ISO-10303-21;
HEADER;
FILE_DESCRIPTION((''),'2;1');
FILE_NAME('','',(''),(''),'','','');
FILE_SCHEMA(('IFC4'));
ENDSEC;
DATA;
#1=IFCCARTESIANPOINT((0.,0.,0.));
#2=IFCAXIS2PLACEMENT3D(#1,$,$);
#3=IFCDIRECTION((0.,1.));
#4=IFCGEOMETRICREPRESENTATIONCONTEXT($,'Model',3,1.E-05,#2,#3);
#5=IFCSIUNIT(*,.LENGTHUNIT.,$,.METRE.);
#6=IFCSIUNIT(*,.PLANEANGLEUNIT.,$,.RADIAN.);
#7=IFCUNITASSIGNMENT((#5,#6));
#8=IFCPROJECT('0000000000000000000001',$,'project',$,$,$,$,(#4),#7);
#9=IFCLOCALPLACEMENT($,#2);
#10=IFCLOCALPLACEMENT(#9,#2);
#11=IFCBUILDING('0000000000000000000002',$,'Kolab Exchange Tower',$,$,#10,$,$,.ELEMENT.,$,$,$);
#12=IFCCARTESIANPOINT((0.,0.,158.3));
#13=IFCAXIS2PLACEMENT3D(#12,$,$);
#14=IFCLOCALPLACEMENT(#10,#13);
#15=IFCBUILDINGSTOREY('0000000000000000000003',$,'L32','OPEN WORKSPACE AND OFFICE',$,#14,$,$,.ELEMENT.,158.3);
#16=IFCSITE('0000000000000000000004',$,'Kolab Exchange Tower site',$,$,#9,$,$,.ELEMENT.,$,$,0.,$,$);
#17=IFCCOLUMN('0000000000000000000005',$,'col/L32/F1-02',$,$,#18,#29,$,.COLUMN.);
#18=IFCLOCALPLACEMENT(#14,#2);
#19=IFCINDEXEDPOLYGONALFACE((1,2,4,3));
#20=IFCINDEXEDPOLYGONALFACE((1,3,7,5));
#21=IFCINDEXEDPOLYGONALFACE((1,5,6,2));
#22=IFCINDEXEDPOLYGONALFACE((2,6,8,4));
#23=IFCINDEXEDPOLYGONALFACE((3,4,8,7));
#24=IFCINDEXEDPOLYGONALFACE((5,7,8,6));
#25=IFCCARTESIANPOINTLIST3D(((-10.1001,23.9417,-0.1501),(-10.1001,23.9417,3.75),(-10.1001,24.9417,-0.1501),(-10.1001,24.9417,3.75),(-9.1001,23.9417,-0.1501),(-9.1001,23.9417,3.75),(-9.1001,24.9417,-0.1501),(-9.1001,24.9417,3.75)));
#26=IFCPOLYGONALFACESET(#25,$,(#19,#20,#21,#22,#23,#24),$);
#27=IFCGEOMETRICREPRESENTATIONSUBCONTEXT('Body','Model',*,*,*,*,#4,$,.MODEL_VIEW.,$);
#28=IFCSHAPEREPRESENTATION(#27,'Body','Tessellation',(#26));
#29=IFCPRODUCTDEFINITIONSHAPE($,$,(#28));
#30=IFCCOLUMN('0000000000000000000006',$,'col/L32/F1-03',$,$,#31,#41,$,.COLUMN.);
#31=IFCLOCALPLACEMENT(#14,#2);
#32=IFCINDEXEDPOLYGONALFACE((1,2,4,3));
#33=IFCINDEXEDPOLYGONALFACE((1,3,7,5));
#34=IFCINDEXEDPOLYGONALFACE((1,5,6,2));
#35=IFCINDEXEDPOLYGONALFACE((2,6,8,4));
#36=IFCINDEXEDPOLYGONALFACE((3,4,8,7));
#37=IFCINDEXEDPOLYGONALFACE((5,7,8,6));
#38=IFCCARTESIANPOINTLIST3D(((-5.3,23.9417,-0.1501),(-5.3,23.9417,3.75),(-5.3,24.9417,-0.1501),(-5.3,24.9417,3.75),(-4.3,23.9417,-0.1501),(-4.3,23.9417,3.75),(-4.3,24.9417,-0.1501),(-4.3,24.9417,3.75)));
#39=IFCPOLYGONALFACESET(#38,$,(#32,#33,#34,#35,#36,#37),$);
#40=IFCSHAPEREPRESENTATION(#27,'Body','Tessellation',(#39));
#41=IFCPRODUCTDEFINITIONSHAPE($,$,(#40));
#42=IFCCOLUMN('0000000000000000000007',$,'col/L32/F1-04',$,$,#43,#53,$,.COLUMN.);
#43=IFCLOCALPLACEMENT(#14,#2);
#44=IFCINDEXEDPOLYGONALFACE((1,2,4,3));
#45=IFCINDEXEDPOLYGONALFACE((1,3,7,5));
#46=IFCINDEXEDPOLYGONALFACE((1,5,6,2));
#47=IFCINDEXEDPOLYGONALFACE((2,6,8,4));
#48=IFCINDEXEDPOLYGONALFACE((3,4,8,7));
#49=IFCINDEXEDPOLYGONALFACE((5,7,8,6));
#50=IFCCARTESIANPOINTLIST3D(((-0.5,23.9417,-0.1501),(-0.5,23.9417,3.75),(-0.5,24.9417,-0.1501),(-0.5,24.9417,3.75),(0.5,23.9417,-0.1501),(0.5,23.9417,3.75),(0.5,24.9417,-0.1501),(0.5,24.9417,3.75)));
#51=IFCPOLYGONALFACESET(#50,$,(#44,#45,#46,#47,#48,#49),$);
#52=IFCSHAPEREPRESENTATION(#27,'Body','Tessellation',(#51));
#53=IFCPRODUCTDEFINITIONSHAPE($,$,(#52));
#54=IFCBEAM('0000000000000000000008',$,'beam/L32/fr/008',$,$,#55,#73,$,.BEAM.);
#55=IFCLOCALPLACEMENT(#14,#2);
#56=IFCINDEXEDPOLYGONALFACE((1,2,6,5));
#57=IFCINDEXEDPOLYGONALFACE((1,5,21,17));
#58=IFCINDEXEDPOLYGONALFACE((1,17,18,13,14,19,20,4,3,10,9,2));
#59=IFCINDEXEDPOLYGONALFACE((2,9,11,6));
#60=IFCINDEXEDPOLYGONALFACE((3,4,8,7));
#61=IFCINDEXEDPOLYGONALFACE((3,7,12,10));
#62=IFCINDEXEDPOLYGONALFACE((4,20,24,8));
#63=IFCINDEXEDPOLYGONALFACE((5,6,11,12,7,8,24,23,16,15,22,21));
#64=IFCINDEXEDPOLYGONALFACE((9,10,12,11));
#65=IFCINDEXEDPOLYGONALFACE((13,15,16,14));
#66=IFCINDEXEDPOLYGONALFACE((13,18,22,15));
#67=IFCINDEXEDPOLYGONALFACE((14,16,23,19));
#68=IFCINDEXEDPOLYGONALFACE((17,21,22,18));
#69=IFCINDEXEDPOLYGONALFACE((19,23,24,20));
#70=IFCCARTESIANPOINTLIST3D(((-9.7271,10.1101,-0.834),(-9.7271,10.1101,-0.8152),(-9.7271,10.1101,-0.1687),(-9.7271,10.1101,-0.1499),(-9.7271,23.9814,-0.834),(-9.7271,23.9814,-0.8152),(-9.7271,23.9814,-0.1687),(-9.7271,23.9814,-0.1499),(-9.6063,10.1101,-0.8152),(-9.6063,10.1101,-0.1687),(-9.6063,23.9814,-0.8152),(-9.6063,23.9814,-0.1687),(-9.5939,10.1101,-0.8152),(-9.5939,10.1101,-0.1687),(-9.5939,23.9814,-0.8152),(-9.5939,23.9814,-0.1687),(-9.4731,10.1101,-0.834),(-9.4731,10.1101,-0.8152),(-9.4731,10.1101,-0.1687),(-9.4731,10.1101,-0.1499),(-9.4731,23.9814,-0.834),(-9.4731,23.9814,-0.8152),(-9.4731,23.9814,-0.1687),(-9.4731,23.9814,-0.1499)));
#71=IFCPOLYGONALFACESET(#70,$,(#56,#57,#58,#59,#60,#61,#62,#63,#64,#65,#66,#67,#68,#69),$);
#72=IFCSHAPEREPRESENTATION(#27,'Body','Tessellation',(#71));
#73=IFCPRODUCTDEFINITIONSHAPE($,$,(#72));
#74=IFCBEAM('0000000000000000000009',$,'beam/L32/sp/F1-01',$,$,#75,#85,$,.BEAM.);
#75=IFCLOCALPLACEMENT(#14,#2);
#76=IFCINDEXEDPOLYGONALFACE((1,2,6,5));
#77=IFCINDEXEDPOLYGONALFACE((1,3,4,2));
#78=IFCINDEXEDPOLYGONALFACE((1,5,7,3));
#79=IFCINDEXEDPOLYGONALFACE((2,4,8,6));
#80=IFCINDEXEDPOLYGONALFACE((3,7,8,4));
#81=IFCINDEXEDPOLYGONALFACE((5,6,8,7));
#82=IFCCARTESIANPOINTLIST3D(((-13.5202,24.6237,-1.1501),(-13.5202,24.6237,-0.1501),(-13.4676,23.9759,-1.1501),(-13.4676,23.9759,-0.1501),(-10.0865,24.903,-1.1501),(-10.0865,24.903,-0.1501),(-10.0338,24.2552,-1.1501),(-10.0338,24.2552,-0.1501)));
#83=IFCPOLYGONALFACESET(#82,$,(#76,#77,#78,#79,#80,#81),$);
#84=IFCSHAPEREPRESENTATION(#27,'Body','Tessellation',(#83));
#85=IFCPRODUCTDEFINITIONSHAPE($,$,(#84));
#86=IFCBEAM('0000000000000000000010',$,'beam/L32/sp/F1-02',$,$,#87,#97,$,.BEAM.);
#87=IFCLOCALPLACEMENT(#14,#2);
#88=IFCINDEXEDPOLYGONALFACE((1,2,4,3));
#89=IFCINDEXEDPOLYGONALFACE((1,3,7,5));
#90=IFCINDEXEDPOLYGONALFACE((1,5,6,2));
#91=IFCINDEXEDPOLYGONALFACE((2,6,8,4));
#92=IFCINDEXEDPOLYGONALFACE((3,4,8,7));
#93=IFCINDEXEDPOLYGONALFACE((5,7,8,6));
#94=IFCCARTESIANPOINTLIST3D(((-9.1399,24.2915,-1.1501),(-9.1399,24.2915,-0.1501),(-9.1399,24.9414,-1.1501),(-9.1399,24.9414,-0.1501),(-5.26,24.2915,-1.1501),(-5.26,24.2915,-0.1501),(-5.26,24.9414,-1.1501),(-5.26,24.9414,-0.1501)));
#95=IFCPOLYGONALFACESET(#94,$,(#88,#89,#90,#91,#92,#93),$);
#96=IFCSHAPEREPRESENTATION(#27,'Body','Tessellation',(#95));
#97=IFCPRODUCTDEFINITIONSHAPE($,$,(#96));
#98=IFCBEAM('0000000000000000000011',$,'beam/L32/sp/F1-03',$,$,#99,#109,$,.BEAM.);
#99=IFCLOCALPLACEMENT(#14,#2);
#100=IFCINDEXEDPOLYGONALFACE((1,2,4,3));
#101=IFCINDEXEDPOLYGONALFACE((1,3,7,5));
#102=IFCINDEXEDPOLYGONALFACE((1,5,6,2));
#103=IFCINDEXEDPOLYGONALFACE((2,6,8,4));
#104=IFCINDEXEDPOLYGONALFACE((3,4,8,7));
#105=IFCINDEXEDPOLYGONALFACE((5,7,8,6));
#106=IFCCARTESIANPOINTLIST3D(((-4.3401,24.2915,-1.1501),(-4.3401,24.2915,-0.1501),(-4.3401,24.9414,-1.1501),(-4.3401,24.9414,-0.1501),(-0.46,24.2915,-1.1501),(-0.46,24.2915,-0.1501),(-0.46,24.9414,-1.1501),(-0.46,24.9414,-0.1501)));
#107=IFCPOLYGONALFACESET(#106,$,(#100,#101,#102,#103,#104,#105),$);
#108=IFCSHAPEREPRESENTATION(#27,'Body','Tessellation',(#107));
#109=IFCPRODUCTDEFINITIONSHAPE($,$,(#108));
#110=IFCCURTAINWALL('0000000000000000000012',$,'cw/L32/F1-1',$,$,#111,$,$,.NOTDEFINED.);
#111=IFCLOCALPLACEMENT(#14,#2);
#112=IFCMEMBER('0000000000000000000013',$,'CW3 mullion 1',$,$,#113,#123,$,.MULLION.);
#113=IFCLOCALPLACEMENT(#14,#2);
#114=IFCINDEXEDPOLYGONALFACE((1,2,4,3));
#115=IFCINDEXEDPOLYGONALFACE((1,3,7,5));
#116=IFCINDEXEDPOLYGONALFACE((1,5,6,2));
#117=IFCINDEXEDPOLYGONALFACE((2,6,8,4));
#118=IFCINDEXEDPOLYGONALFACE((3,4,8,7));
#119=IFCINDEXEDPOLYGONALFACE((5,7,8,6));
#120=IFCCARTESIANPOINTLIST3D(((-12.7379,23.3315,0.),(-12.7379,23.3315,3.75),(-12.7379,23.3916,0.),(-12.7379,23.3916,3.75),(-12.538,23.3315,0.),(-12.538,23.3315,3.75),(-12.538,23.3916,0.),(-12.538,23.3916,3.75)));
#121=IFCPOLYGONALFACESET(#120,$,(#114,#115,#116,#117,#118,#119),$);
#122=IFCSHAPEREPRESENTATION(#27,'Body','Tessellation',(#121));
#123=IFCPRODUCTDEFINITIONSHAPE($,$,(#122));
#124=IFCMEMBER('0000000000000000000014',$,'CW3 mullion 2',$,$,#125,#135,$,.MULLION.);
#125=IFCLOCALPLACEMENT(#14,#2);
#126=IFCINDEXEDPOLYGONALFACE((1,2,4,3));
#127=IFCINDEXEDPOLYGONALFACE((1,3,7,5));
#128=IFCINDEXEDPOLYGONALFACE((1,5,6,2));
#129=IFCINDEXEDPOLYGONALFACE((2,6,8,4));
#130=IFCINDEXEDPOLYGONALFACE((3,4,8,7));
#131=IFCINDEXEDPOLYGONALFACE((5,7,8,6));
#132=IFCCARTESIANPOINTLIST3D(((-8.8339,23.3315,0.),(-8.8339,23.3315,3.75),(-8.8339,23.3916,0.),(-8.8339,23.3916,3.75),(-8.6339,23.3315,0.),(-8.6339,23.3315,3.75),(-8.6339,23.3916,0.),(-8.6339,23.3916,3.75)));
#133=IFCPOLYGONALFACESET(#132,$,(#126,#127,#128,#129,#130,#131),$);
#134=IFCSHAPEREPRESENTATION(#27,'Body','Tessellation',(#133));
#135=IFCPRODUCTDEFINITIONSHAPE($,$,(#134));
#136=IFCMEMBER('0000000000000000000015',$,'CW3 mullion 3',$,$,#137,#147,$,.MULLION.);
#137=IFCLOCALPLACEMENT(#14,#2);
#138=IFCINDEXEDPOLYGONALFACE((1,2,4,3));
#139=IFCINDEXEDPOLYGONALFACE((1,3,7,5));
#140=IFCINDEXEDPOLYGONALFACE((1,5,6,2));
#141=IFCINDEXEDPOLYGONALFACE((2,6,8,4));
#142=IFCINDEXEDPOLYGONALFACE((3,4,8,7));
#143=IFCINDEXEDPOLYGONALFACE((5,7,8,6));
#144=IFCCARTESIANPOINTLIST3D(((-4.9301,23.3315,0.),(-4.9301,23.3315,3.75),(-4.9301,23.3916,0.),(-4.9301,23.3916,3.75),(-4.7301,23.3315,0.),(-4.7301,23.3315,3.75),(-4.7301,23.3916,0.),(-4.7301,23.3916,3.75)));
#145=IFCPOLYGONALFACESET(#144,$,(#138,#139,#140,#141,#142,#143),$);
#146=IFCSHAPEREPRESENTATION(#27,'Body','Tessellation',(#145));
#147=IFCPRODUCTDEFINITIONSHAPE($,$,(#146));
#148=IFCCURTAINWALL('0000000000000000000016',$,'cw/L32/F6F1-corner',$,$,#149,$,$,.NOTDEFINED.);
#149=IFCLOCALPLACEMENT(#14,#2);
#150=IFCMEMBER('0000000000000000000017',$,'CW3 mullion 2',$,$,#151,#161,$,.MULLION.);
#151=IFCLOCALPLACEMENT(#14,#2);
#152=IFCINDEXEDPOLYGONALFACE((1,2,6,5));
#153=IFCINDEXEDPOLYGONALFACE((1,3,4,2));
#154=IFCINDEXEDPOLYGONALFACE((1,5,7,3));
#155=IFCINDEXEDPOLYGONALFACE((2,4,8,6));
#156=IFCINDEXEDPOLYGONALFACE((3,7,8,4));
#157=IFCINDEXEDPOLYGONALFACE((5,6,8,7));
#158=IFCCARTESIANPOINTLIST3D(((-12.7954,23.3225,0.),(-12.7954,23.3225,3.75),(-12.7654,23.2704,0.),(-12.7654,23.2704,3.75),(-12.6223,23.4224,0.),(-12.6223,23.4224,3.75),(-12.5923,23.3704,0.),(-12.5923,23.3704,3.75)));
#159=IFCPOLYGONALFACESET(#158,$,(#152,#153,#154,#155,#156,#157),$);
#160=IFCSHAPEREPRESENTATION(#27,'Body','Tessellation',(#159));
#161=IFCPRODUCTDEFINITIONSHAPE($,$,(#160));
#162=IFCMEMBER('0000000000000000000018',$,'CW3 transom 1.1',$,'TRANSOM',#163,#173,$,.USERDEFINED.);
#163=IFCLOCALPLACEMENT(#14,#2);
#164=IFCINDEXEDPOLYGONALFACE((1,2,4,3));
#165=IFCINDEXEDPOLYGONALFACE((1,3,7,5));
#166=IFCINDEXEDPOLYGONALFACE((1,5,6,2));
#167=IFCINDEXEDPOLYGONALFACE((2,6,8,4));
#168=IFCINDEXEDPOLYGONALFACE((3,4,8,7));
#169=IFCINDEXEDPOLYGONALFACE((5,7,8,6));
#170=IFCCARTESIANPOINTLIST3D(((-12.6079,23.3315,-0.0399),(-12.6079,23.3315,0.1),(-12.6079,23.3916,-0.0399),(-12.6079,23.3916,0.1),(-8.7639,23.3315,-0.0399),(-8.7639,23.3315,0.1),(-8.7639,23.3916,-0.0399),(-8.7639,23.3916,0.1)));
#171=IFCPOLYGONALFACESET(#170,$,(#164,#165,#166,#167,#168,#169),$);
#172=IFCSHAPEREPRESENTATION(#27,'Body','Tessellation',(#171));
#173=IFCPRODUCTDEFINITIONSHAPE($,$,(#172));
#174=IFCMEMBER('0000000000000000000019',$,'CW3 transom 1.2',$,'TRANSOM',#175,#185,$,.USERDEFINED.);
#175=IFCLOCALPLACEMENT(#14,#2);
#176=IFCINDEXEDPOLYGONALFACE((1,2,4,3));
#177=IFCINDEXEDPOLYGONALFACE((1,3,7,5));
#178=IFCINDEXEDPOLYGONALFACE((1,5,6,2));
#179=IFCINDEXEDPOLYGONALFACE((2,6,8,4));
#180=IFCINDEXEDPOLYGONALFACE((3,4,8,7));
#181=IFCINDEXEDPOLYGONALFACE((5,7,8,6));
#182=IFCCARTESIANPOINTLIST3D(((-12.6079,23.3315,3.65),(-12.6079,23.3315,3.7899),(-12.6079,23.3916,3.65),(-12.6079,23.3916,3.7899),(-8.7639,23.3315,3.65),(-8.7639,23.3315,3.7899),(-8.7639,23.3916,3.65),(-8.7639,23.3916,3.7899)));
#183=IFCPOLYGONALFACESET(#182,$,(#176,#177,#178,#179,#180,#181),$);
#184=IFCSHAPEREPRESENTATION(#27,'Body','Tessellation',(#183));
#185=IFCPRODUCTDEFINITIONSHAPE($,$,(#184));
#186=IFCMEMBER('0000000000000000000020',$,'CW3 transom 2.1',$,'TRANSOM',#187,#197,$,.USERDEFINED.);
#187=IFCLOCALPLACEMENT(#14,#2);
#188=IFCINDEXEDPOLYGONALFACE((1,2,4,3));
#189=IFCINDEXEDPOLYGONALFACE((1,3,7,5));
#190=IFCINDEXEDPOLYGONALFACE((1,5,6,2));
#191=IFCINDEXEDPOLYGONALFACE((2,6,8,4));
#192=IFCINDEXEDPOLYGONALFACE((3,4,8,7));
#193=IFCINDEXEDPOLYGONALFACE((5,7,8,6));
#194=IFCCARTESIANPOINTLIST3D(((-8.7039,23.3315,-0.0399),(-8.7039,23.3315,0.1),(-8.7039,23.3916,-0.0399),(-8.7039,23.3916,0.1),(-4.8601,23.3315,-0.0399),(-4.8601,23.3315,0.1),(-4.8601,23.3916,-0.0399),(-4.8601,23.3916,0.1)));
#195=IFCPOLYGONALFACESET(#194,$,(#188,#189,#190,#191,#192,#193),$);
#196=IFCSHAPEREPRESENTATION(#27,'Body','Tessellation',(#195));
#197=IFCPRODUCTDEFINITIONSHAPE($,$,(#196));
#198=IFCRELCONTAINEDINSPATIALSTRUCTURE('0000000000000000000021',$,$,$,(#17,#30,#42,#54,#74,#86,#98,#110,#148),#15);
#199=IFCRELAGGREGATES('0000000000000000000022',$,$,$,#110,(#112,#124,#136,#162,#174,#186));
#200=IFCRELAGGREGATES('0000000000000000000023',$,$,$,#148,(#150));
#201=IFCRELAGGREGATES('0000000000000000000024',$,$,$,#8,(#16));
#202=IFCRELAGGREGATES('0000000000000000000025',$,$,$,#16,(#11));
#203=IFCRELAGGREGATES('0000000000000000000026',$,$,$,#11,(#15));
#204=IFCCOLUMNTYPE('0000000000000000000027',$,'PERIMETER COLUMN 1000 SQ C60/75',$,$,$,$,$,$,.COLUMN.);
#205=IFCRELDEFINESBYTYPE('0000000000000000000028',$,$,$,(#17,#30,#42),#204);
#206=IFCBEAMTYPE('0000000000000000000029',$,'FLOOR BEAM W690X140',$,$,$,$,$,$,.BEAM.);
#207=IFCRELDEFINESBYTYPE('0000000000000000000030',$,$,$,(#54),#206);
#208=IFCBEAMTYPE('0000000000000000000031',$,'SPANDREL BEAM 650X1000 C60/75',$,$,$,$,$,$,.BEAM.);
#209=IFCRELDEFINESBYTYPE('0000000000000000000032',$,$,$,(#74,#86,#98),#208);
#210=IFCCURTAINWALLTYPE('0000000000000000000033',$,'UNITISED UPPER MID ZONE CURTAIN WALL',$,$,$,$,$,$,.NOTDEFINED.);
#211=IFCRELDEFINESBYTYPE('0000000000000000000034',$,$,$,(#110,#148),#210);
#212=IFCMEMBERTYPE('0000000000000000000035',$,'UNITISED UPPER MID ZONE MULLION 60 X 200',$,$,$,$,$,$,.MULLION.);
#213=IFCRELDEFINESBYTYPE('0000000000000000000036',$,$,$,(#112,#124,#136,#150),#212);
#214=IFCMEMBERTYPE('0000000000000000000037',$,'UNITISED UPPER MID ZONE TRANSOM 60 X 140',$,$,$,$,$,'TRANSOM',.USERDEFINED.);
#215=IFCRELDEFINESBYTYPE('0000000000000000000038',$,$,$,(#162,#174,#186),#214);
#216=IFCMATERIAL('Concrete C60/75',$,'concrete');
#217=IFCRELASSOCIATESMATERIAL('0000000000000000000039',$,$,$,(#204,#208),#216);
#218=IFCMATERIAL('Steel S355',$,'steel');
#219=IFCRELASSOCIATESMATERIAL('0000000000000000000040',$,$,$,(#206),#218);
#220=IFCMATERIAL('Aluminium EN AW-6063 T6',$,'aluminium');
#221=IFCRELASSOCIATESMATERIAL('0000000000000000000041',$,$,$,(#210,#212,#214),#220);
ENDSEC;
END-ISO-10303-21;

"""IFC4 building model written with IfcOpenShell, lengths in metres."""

from ifc_helpers import new_model, si_unit, direction, frame, origin, origin_2d, place, context, subcontext, project, spatial, rectangle, i_section, extrude, material, material_profile, profile_set, type_object, element, aggregate, save


model = new_model("IFC4")

# Units and contexts
model_context = context("Model", 3, precision=1e-05, world=origin(), true_north=direction((0.0, 1.0)))
body_context = subcontext(model_context, "Body", "Model", "MODEL_VIEW")
ifc_project = project(units=[si_unit("LENGTHUNIT", "METRE"), si_unit("PLANEANGLEUNIT", "RADIAN")], contexts=[model_context])

# Site, building, storey
site_placement = place(None, origin())
site = spatial("IfcSite", under=ifc_project, at=site_placement, Name="Kolab Exchange Tower site", CompositionType="ELEMENT", RefElevation=0.0)
building_placement = place(site_placement, origin())
building = spatial("IfcBuilding", under=site, at=building_placement, Name="Kolab Exchange Tower", CompositionType="ELEMENT")
storey_placement = place(building_placement, frame((0.0, 0.0, 158.3)))
storey = spatial("IfcBuildingStorey", under=building, at=storey_placement, Name="L32", Description="OPEN WORKSPACE AND OFFICE", CompositionType="ELEMENT", Elevation=158.3)

# Columns
ifc_material_1 = material(Name="Concrete C60/75", Category="concrete")
ifc_material_profile_1 = material_profile(ifc_material_1, rectangle(XDim=1.0, YDim=1.0, at=origin_2d()), Name="RC1000")
ifc_profile_set_1 = profile_set([ifc_material_profile_1], Name="Concrete C60/75")
column_type = type_object("IfcColumnType", Name="PERIMETER COLUMN 1000 SQ C60/75", PredefinedType="COLUMN", material=ifc_profile_set_1)
for number, where, z_axis, x_axis, name in (
    (1, (-9.6001, 24.4417, -0.1501), (0.0, 0.0, 1.0), (1.0, 0.0, 0.0), "col/L32/F1-02"),
    (2, (-4.8, 24.4417, -0.1501), (0.0, 0.0, 1.0), (1.0, 0.0, 0.0), "col/L32/F1-03"),
    (3, (0.0, 24.4417, -0.1501), (0.0, 0.0, 1.0), (1.0, 0.0, 0.0), "col/L32/F1-04"),
):
    element("IfcColumn", number, at=place(storey_placement, frame(where, z_axis=z_axis, x_axis=x_axis)), inside=storey, type_object=column_type, Name=name, PredefinedType="COLUMN", context=body_context, shape_type="SweptSolid", body=[
        extrude(rectangle(XDim=1.0, YDim=1.0, at=origin_2d()), origin(), (0.0, 0.0, 1.0), 3.9001),
    ])

# Beams
ifc_material_2 = material(Name="Steel S355", Category="steel")
ifc_material_profile_2 = material_profile(ifc_material_2, i_section(OverallWidth=0.2539, OverallDepth=0.6841, WebThickness=0.0125, FlangeThickness=0.0188, at=origin_2d()), Name="W690X140")
ifc_profile_set_2 = profile_set([ifc_material_profile_2], Name="Steel S355")
beam_type_1 = type_object("IfcBeamType", Name="FLOOR BEAM W690X140", PredefinedType="BEAM", material=ifc_profile_set_2)
beam_1_placement = place(storey_placement, frame((-9.6001, 10.1101, -0.4919), z_axis=(0.0, 1.0, 0.0), x_axis=(-1.0, 0.0, 0.0)))
element("IfcBeam", 4, at=beam_1_placement, inside=storey, type_object=beam_type_1, Name="beam/L32/fr/008", PredefinedType="BEAM", context=body_context, shape_type="SweptSolid", body=[
    extrude(i_section(OverallWidth=0.2539, OverallDepth=0.6841, WebThickness=0.0125, FlangeThickness=0.0188, at=origin_2d()), origin(), (0.0, 0.0, 1.0), 13.8713),
])
ifc_material_profile_3 = material_profile(ifc_material_1, rectangle(XDim=0.6499, YDim=1.0, at=origin_2d()), Name="RC650X1000")
ifc_profile_set_3 = profile_set([ifc_material_profile_3], Name="Concrete C60/75")
beam_type_2 = type_object("IfcBeamType", Name="SPANDREL BEAM 650X1000 C60/75", PredefinedType="BEAM", material=ifc_profile_set_3)
beam_2_placement = place(storey_placement, frame((-13.4939, 24.2998, -0.6501), z_axis=(0.996708, 0.081069, 0.0), x_axis=(-0.081069, 0.996708, 0.0)))
element("IfcBeam", 5, at=beam_2_placement, inside=storey, type_object=beam_type_2, Name="beam/L32/sp/F1-01", PredefinedType="BEAM", context=body_context, shape_type="SweptSolid", body=[
    extrude(rectangle(XDim=0.6499, YDim=1.0, at=origin_2d()), origin(), (0.0, 0.0, 1.0), 3.4451),
])
beam_3_placement = place(storey_placement, frame((-9.1399, 24.6165, -0.6501), z_axis=(1.0, 0.0, 0.0), x_axis=(0.0, 1.0, 0.0)))
element("IfcBeam", 6, at=beam_3_placement, inside=storey, type_object=beam_type_2, Name="beam/L32/sp/F1-02", PredefinedType="BEAM", context=body_context, shape_type="SweptSolid", body=[
    extrude(rectangle(XDim=0.6499, YDim=1.0, at=origin_2d()), origin(), (0.0, 0.0, 1.0), 3.8799),
])
beam_4_placement = place(storey_placement, frame((-4.3401, 24.6165, -0.6501), z_axis=(1.0, 0.0, 0.0), x_axis=(0.0, 1.0, 0.0)))
element("IfcBeam", 7, at=beam_4_placement, inside=storey, type_object=beam_type_2, Name="beam/L32/sp/F1-03", PredefinedType="BEAM", context=body_context, shape_type="SweptSolid", body=[
    extrude(rectangle(XDim=0.6499, YDim=1.0, at=origin_2d()), origin(), (0.0, 0.0, 1.0), 3.8801),
])

# Curtain wall, members
ifc_material_3 = material(Name="Aluminium EN AW-6063 T6", Category="aluminium")
curtain_wall_type = type_object("IfcCurtainWallType", Name="UNITISED UPPER MID ZONE CURTAIN WALL", PredefinedType="NOTDEFINED", material=ifc_material_3)
curtain_wall_1_placement = place(storey_placement, origin())
curtain_wall_1 = element("IfcCurtainWall", 8, at=curtain_wall_1_placement, inside=storey, type_object=curtain_wall_type, Name="cw/L32/F1-1", PredefinedType="NOTDEFINED")
ifc_material_profile_4 = material_profile(ifc_material_3, rectangle(XDim=0.0601, YDim=0.2, at=origin_2d()), Name="RECT 60X200")
ifc_profile_set_4 = profile_set([ifc_material_profile_4], Name="Aluminium EN AW-6063 T6")
member_type_1 = type_object("IfcMemberType", Name="UNITISED UPPER MID ZONE MULLION 60 X 200", PredefinedType="MULLION", material=ifc_profile_set_4)
member_1_placement = place(storey_placement, frame((-12.6379, 23.3616, 0.0), z_axis=(0.0, 0.0, 1.0), x_axis=(0.0, 1.0, 0.0)))
member_1 = element("IfcMember", 9, at=member_1_placement, type_object=member_type_1, Name="CW3 mullion 1", PredefinedType="MULLION", context=body_context, shape_type="SweptSolid", body=[
    extrude(rectangle(XDim=0.0601, YDim=0.2, at=origin_2d()), origin(), (0.0, 0.0, 1.0), 3.75),
])
member_2_placement = place(storey_placement, frame((-8.7339, 23.3616, 0.0), z_axis=(0.0, 0.0, 1.0), x_axis=(0.0, 1.0, 0.0)))
member_2 = element("IfcMember", 10, at=member_2_placement, type_object=member_type_1, Name="CW3 mullion 2", PredefinedType="MULLION", context=body_context, shape_type="SweptSolid", body=[
    extrude(rectangle(XDim=0.0601, YDim=0.2, at=origin_2d()), origin(), (0.0, 0.0, 1.0), 3.75),
])
member_3_placement = place(storey_placement, frame((-4.8301, 23.3616, 0.0), z_axis=(0.0, 0.0, 1.0), x_axis=(0.0, 1.0, 0.0)))
member_3 = element("IfcMember", 11, at=member_3_placement, type_object=member_type_1, Name="CW3 mullion 3", PredefinedType="MULLION", context=body_context, shape_type="SweptSolid", body=[
    extrude(rectangle(XDim=0.0601, YDim=0.2, at=origin_2d()), origin(), (0.0, 0.0, 1.0), 3.75),
])

# Curtain wall, member
curtain_wall_2_placement = place(storey_placement, origin())
curtain_wall_2 = element("IfcCurtainWall", 12, at=curtain_wall_2_placement, inside=storey, type_object=curtain_wall_type, Name="cw/L32/F6F1-corner", PredefinedType="NOTDEFINED")
member_4_placement = place(storey_placement, frame((-12.6938, 23.3464, 0.0), z_axis=(0.0, 0.0, 1.0), x_axis=(-0.5, 0.866025, 0.0)))
member_4 = element("IfcMember", 13, at=member_4_placement, type_object=member_type_1, Name="CW3 mullion 2", PredefinedType="MULLION", context=body_context, shape_type="SweptSolid", body=[
    extrude(rectangle(XDim=0.0601, YDim=0.2, at=origin_2d()), origin(), (0.0, 0.0, 1.0), 3.75),
])

# Members
ifc_material_profile_5 = material_profile(ifc_material_3, rectangle(XDim=0.0601, YDim=0.1399, at=origin_2d()), Name="RECT 60X140")
ifc_profile_set_5 = profile_set([ifc_material_profile_5], Name="Aluminium EN AW-6063 T6")
member_type_2 = type_object("IfcMemberType", Name="UNITISED UPPER MID ZONE TRANSOM 60 X 140", ElementType="TRANSOM", PredefinedType="USERDEFINED", material=ifc_profile_set_5)
member_5_placement = place(storey_placement, frame((-12.6079, 23.3616, 0.03), z_axis=(1.0, 0.0, 0.0), x_axis=(0.0, 1.0, 0.0)))
member_5 = element("IfcMember", 14, at=member_5_placement, type_object=member_type_2, Name="CW3 transom 1.1", ObjectType="TRANSOM", PredefinedType="USERDEFINED", context=body_context, shape_type="SweptSolid", body=[
    extrude(rectangle(XDim=0.0601, YDim=0.1399, at=origin_2d()), origin(), (0.0, 0.0, 1.0), 3.844),
])
member_6_placement = place(storey_placement, frame((-12.6079, 23.3616, 3.72), z_axis=(1.0, 0.0, 0.0), x_axis=(0.0, 1.0, 0.0)))
member_6 = element("IfcMember", 15, at=member_6_placement, type_object=member_type_2, Name="CW3 transom 1.2", ObjectType="TRANSOM", PredefinedType="USERDEFINED", context=body_context, shape_type="SweptSolid", body=[
    extrude(rectangle(XDim=0.0601, YDim=0.1399, at=origin_2d()), origin(), (0.0, 0.0, 1.0), 3.844),
])
member_7_placement = place(storey_placement, frame((-8.7039, 23.3616, 0.03), z_axis=(1.0, 0.0, 0.0), x_axis=(0.0, 1.0, 0.0)))
member_7 = element("IfcMember", 16, at=member_7_placement, type_object=member_type_2, Name="CW3 transom 2.1", ObjectType="TRANSOM", PredefinedType="USERDEFINED", context=body_context, shape_type="SweptSolid", body=[
    extrude(rectangle(XDim=0.0601, YDim=0.1399, at=origin_2d()), origin(), (0.0, 0.0, 1.0), 3.8438),
])

aggregate(curtain_wall_1, [member_1, member_2, member_3, member_5, member_6, member_7])
aggregate(curtain_wall_2, [member_4])

save(model, "model.ifc")
